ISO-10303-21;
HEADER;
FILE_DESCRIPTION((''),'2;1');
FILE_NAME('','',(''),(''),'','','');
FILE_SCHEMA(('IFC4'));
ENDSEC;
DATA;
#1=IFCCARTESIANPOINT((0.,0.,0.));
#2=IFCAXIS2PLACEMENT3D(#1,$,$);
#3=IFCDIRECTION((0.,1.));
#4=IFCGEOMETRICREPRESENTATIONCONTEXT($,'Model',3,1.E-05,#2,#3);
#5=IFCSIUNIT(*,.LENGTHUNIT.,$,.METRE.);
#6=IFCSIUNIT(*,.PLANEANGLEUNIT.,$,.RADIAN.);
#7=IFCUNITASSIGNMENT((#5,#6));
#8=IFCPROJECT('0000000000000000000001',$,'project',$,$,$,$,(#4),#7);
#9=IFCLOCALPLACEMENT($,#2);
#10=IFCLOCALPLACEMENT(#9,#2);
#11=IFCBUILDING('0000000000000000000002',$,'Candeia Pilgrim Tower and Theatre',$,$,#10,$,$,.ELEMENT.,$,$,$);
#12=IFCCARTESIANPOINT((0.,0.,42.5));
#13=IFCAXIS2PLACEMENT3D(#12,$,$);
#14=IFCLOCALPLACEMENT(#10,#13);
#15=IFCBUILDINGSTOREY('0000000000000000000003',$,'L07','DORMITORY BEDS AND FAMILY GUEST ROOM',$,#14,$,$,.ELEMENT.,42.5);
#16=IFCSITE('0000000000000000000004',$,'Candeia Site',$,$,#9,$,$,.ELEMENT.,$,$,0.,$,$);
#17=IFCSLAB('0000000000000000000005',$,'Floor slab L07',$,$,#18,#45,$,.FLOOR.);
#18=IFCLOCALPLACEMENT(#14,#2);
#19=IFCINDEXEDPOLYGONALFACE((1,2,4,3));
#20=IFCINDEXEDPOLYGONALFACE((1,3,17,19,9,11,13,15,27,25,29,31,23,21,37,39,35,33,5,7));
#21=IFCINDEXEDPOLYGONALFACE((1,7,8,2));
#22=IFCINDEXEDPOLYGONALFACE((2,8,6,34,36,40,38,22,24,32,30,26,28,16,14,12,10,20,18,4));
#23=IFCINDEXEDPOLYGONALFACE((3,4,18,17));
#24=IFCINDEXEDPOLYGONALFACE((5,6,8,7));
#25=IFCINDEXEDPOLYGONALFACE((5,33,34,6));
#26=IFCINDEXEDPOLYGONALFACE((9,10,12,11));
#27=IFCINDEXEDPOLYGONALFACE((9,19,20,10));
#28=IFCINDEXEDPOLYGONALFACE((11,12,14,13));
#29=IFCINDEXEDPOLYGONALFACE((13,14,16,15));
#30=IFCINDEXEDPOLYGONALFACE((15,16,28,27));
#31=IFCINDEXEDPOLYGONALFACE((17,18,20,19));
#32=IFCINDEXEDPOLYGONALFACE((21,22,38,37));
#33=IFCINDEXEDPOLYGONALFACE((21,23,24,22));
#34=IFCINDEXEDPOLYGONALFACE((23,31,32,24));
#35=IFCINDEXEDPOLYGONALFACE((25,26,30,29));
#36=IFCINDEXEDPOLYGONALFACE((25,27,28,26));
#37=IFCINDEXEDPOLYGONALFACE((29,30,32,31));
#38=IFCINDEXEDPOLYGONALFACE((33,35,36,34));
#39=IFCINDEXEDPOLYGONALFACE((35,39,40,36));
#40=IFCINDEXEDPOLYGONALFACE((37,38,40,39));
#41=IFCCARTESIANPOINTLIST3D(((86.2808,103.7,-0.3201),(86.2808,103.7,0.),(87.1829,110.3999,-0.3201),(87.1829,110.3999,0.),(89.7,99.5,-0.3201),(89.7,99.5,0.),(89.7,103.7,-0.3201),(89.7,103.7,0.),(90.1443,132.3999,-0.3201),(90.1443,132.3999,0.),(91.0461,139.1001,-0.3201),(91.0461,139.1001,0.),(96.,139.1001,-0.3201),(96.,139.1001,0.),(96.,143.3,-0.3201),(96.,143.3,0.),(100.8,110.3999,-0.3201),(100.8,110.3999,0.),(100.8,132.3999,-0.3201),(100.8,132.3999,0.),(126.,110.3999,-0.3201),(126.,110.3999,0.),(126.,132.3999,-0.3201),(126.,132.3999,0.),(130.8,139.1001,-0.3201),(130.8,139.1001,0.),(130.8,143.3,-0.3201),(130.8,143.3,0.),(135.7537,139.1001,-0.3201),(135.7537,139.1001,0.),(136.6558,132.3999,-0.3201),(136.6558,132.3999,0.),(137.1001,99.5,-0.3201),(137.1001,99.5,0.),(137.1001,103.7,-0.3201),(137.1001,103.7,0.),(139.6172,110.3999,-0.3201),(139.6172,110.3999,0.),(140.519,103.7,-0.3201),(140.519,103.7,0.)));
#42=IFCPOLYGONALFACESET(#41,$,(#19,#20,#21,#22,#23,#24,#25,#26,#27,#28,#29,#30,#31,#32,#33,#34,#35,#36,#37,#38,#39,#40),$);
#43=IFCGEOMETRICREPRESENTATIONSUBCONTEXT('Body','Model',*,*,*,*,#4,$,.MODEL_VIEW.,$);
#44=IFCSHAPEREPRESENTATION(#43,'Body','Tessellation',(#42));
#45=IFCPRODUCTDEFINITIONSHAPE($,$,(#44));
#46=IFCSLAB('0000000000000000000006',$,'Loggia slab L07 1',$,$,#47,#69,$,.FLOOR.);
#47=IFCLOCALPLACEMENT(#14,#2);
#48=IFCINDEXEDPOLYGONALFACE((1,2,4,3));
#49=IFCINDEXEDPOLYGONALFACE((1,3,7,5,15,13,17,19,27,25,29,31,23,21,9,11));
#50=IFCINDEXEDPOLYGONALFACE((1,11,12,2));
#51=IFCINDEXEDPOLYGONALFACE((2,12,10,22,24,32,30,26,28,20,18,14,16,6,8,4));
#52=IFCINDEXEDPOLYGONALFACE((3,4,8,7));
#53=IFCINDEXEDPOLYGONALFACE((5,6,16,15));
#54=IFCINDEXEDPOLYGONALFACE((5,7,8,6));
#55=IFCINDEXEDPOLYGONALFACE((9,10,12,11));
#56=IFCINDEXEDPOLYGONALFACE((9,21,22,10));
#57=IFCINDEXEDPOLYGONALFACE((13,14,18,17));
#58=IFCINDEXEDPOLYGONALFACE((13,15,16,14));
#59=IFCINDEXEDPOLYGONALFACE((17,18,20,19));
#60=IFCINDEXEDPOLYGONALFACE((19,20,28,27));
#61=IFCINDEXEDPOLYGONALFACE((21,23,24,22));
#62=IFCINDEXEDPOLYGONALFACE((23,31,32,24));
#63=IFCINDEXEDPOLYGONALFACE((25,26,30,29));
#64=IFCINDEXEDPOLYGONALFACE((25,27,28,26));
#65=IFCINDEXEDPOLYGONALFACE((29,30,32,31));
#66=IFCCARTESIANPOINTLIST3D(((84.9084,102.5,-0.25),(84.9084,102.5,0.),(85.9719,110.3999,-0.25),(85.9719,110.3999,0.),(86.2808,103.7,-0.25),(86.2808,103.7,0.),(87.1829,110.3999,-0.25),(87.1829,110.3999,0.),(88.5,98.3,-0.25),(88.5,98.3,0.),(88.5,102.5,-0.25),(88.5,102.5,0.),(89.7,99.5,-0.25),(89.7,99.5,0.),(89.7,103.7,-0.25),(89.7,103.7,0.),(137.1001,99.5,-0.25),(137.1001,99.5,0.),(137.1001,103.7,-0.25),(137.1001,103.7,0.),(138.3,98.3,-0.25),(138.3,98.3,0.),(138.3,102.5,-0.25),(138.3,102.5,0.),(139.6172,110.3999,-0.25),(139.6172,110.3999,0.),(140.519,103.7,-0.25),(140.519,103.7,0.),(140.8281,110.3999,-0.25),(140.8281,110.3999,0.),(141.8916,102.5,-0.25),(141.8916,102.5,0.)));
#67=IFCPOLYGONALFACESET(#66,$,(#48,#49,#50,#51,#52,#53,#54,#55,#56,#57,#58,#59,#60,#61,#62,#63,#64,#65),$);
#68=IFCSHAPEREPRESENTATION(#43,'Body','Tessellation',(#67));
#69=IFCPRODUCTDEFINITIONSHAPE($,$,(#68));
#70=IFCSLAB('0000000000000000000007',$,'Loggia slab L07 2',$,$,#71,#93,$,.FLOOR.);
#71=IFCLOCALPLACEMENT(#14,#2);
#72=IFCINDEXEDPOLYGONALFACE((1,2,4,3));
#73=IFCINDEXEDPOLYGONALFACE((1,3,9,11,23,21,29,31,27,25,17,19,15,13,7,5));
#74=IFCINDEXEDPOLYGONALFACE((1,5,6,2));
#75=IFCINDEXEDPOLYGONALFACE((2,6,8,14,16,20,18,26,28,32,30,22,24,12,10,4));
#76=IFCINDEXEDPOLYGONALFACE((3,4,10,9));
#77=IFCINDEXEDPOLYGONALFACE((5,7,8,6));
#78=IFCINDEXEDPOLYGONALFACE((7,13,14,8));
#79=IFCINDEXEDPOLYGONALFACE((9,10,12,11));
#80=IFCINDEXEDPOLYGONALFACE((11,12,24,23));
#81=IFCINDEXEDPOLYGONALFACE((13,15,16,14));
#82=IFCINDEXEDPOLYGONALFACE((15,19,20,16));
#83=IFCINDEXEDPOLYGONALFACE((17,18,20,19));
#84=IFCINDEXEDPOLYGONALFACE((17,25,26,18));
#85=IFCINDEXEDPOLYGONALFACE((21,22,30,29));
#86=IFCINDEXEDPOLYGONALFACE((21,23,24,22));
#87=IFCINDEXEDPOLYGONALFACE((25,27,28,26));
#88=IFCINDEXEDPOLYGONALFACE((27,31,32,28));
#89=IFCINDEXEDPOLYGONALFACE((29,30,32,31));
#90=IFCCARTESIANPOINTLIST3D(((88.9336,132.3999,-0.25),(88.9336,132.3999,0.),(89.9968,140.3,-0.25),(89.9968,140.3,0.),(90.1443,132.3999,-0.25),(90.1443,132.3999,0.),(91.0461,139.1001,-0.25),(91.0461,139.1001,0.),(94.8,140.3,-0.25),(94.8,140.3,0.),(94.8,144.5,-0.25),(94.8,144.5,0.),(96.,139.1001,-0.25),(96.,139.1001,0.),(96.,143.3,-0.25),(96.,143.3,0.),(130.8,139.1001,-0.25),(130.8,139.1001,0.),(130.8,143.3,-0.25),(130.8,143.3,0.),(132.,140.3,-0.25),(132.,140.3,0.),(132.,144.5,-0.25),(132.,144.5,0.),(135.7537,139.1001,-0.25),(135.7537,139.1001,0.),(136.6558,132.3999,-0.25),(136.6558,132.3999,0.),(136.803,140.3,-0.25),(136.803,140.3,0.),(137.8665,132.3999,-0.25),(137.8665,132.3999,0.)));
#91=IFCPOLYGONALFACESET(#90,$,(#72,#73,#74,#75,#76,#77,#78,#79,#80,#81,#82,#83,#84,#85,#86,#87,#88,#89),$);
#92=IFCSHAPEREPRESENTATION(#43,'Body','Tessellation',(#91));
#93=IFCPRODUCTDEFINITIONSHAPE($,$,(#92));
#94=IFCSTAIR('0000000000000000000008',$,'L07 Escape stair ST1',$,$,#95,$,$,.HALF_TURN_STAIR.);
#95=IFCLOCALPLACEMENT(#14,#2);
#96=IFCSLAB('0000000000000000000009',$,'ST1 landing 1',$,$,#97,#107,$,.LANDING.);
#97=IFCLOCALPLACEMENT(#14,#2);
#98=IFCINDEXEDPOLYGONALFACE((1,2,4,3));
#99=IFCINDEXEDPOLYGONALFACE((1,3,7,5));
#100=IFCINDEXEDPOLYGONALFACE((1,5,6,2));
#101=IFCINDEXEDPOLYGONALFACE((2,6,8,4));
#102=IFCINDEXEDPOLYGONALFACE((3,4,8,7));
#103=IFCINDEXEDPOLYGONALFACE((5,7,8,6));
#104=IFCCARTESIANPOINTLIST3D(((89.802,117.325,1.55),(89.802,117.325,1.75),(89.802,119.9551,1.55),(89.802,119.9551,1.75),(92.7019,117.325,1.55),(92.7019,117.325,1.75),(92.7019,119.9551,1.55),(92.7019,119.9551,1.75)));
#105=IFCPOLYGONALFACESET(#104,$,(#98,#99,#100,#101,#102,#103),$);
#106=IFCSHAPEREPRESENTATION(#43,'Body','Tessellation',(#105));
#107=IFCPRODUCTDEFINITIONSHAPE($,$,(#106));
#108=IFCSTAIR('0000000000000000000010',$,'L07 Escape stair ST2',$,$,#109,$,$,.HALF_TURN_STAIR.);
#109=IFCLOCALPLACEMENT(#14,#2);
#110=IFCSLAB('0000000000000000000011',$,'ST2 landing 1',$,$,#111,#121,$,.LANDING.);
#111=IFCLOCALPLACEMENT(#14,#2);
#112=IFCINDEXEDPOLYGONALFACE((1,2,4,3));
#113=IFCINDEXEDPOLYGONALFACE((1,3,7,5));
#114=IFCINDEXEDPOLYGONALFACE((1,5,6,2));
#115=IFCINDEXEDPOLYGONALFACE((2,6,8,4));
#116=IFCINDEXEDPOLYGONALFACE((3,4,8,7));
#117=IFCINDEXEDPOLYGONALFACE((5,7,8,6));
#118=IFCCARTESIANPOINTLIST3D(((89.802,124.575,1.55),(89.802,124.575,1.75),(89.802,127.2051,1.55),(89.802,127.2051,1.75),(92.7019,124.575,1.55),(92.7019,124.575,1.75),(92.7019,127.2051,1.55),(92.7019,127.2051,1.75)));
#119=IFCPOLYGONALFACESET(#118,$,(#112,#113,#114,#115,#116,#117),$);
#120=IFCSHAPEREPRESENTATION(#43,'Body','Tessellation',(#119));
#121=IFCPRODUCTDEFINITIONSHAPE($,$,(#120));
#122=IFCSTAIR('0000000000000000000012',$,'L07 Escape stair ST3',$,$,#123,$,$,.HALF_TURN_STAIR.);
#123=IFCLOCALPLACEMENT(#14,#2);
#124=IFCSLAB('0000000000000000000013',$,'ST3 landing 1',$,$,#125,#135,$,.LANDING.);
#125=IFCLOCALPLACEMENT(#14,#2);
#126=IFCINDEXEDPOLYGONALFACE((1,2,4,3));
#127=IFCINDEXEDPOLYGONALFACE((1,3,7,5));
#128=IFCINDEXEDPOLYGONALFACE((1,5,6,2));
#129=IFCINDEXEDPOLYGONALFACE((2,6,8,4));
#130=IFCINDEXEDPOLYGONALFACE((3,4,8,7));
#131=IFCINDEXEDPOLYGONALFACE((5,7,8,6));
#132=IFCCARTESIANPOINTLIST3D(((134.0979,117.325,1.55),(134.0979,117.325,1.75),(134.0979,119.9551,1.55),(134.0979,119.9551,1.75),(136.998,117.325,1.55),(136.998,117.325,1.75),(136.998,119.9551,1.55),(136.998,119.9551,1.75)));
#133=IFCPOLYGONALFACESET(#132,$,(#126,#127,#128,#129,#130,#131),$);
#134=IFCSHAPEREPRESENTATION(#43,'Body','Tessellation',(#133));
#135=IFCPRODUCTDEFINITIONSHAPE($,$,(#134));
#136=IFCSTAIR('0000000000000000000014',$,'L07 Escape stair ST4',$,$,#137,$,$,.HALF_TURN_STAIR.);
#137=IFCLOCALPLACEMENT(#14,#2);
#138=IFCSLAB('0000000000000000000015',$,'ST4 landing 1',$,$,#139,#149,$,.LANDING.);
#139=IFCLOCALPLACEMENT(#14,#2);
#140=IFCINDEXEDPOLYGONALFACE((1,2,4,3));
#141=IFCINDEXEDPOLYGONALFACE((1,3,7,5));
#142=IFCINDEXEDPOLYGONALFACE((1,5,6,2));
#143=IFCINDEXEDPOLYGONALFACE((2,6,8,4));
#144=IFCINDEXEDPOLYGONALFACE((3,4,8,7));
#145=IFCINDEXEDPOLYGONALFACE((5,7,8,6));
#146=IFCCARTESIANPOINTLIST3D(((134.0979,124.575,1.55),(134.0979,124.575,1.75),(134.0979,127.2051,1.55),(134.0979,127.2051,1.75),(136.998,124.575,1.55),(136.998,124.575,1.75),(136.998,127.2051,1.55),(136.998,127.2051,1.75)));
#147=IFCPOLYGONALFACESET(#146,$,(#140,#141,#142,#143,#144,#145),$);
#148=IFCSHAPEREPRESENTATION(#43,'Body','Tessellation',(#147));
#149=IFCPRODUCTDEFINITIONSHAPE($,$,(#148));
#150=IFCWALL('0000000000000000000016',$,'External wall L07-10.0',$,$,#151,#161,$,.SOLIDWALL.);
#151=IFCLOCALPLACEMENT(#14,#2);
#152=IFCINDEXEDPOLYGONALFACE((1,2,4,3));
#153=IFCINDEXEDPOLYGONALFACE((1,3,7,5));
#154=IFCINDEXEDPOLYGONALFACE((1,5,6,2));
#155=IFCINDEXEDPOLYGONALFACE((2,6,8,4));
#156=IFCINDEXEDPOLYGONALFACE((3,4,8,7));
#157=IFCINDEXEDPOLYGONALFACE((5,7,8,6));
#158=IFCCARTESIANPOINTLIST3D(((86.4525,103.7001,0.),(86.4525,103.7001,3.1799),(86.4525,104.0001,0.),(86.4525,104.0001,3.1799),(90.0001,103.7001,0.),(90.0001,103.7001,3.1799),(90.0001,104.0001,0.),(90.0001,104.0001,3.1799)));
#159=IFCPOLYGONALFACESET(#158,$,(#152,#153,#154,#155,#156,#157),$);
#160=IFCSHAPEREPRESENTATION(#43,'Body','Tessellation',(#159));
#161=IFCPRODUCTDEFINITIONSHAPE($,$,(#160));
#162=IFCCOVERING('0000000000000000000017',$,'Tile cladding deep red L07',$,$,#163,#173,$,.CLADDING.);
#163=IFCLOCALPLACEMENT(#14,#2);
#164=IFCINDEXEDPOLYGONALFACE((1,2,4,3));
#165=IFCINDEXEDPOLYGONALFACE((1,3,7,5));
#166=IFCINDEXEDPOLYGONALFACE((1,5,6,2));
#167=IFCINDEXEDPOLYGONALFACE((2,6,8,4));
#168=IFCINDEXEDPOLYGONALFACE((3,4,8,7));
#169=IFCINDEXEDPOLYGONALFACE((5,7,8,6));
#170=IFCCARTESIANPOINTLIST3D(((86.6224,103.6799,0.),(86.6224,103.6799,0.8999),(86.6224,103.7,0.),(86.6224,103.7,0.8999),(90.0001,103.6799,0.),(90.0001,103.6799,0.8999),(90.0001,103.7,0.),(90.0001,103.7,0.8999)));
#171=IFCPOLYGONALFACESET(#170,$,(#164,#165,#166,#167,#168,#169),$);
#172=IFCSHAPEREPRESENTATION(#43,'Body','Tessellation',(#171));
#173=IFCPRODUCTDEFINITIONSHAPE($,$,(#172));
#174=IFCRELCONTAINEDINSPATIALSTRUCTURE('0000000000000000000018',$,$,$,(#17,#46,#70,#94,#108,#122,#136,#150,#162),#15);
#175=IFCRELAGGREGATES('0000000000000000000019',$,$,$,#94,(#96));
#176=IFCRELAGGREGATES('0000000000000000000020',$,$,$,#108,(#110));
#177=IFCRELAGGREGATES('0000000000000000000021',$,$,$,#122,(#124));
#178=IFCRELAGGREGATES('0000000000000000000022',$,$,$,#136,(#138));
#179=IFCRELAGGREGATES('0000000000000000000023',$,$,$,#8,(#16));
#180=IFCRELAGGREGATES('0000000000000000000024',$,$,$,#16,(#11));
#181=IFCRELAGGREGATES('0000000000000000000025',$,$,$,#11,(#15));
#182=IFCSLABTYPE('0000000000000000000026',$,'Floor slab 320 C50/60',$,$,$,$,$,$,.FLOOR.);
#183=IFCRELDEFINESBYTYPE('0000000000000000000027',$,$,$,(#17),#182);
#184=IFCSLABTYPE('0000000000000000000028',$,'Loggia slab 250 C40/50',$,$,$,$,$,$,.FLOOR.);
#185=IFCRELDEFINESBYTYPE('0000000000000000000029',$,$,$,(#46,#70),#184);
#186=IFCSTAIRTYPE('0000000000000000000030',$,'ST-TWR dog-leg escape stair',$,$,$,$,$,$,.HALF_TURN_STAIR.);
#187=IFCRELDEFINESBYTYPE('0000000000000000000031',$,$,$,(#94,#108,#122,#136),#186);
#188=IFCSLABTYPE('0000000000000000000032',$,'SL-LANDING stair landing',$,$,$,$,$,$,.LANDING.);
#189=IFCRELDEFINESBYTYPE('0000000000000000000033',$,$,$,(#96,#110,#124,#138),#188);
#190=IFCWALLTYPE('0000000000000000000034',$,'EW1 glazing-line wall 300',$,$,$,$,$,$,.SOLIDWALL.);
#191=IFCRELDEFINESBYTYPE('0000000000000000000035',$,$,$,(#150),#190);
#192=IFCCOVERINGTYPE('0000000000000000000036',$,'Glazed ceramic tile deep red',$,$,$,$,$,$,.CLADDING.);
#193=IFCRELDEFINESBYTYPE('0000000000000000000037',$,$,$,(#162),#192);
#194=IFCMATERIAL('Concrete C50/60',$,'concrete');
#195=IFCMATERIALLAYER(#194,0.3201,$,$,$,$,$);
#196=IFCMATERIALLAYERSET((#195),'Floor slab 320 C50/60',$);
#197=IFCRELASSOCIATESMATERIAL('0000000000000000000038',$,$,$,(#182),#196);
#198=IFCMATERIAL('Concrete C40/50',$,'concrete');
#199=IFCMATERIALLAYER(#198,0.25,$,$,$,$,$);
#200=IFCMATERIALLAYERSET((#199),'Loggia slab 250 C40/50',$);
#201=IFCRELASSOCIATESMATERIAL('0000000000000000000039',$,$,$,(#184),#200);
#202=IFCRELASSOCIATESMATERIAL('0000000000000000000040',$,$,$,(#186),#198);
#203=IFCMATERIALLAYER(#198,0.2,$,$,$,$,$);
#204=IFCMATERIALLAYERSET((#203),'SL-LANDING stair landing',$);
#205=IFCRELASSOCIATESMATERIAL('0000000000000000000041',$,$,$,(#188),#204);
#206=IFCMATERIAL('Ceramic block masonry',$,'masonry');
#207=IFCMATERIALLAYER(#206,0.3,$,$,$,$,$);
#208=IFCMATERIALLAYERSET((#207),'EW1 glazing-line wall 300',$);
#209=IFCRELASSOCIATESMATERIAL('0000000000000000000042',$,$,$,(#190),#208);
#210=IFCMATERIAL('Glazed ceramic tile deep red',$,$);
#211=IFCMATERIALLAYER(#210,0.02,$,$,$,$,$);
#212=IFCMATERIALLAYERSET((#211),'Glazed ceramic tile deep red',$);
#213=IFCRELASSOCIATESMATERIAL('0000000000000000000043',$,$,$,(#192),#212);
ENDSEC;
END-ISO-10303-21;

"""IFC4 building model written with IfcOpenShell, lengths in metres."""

from ifc_helpers import new_model, si_unit, direction, frame, frame_2d, origin, origin_2d, place, context, subcontext, project, spatial, polyline, rectangle, outline, extrude, material, layer, layer_set, type_object, element, aggregate, save


model = new_model("IFC4")

# Units and contexts
model_context = context("Model", 3, precision=1e-05, world=origin(), true_north=direction((0.0, 1.0)))
body_context = subcontext(model_context, "Body", "Model", "MODEL_VIEW")
ifc_project = project(units=[si_unit("LENGTHUNIT", "METRE"), si_unit("PLANEANGLEUNIT", "RADIAN")], contexts=[model_context])

# Site, building, storey
site_placement = place(None, origin())
site = spatial("IfcSite", under=ifc_project, at=site_placement, Name="Candeia Site", CompositionType="ELEMENT", RefElevation=0.0)
building_placement = place(site_placement, origin())
building = spatial("IfcBuilding", under=site, at=building_placement, Name="Candeia Pilgrim Tower and Theatre", CompositionType="ELEMENT")
storey_placement = place(building_placement, frame((0.0, 0.0, 42.5)))
storey = spatial("IfcBuildingStorey", under=building, at=storey_placement, Name="L07", Description="DORMITORY BEDS AND FAMILY GUEST ROOM", CompositionType="ELEMENT", Elevation=42.5)

# Slabs
ifc_material_1 = material(Name="Concrete C40/50", Category="concrete")
ifc_material_2 = material(Name="Concrete C50/60", Category="concrete")
ifc_layer_1 = layer(ifc_material_2, 0.3201)
ifc_layer_set_1 = layer_set([ifc_layer_1], Name="Floor slab 320 C50/60")
slab_type_1 = type_object("IfcSlabType", Name="Floor slab 320 C50/60", PredefinedType="FLOOR", material=ifc_layer_set_1)
slab_1_placement = place(storey_placement, frame((0.0, 0.0, -0.3201)))
element("IfcSlab", 1, at=slab_1_placement, inside=storey, type_object=slab_type_1, Name="Floor slab L07", PredefinedType="FLOOR", context=body_context, shape_type="SweptSolid", body=[
    extrude(outline(polyline([(96.0, 139.1001), (96.0, 143.3), (130.8, 143.3), (130.8, 139.1001), (135.7537, 139.1001), (136.6558, 132.3999), (126.0, 132.3999), (126.0, 110.3999), (139.6172, 110.3999), (140.519, 103.7), (137.1001, 103.7), (137.1001, 99.5), (89.7, 99.5), (89.7, 103.7), (86.2808, 103.7), (87.1829, 110.3999), (100.8, 110.3999), (100.8, 132.3999), (90.1443, 132.3999), (91.0461, 139.1001), (96.0, 139.1001)])), origin(), (0.0, 0.0, 1.0), 0.3201),
])
ifc_layer_2 = layer(ifc_material_1, 0.25)
ifc_layer_set_2 = layer_set([ifc_layer_2], Name="Loggia slab 250 C40/50")
slab_type_2 = type_object("IfcSlabType", Name="Loggia slab 250 C40/50", PredefinedType="FLOOR", material=ifc_layer_set_2)
slab_2_placement = place(storey_placement, frame((0.0, 0.0, -0.25)))
element("IfcSlab", 2, at=slab_2_placement, inside=storey, type_object=slab_type_2, Name="Loggia slab L07 1", PredefinedType="FLOOR", context=body_context, shape_type="SweptSolid", body=[
    extrude(outline(polyline([(87.1829, 110.3999), (86.2808, 103.7), (89.7, 103.7), (89.7, 99.5), (137.1001, 99.5), (137.1001, 103.7), (140.519, 103.7), (139.6172, 110.3999), (140.8281, 110.3999), (141.8916, 102.5), (138.3, 102.5), (138.3, 98.3), (88.5, 98.3), (88.5, 102.5), (84.9084, 102.5), (85.9719, 110.3999), (87.1829, 110.3999)])), origin(), (0.0, 0.0, 1.0), 0.25),
])
slab_3_placement = place(storey_placement, frame((0.0, 0.0, -0.25)))
element("IfcSlab", 3, at=slab_3_placement, inside=storey, type_object=slab_type_2, Name="Loggia slab L07 2", PredefinedType="FLOOR", context=body_context, shape_type="SweptSolid", body=[
    extrude(outline(polyline([(136.6558, 132.3999), (135.7537, 139.1001), (130.8, 139.1001), (130.8, 143.3), (96.0, 143.3), (96.0, 139.1001), (91.0461, 139.1001), (90.1443, 132.3999), (88.9336, 132.3999), (89.9968, 140.3), (94.8, 140.3), (94.8, 144.5), (132.0, 144.5), (132.0, 140.3), (136.803, 140.3), (137.8665, 132.3999), (136.6558, 132.3999)])), origin(), (0.0, 0.0, 1.0), 0.25),
])

# Stairs, slabs
stair_type = type_object("IfcStairType", Name="ST-TWR dog-leg escape stair", PredefinedType="HALF_TURN_STAIR", material=ifc_material_1)
stair_1_placement = place(storey_placement, origin())
stair_1 = element("IfcStair", 4, at=stair_1_placement, inside=storey, type_object=stair_type, Name="L07 Escape stair ST1", PredefinedType="HALF_TURN_STAIR")
ifc_layer_3 = layer(ifc_material_1, 0.2)
ifc_layer_set_3 = layer_set([ifc_layer_3], Name="SL-LANDING stair landing")
slab_type_3 = type_object("IfcSlabType", Name="SL-LANDING stair landing", PredefinedType="LANDING", material=ifc_layer_set_3)
slab_4_placement = place(storey_placement, frame((0.0, 0.0, 1.55)))
slab_4 = element("IfcSlab", 5, at=slab_4_placement, type_object=slab_type_3, Name="ST1 landing 1", PredefinedType="LANDING", context=body_context, shape_type="SweptSolid", body=[
    extrude(outline(polyline([(89.802, 119.9551), (89.802, 117.325), (92.7019, 117.325), (92.7019, 119.9551), (89.802, 119.9551)])), origin(), (0.0, 0.0, 1.0), 0.2),
])
aggregate(stair_1, [slab_4])
stair_2_placement = place(storey_placement, origin())
stair_2 = element("IfcStair", 6, at=stair_2_placement, inside=storey, type_object=stair_type, Name="L07 Escape stair ST2", PredefinedType="HALF_TURN_STAIR")
slab_5_placement = place(storey_placement, frame((0.0, 0.0, 1.55)))
slab_5 = element("IfcSlab", 7, at=slab_5_placement, type_object=slab_type_3, Name="ST2 landing 1", PredefinedType="LANDING", context=body_context, shape_type="SweptSolid", body=[
    extrude(outline(polyline([(89.802, 127.2051), (89.802, 124.575), (92.7019, 124.575), (92.7019, 127.2051), (89.802, 127.2051)])), origin(), (0.0, 0.0, 1.0), 0.2),
])
aggregate(stair_2, [slab_5])
stair_3_placement = place(storey_placement, origin())
stair_3 = element("IfcStair", 8, at=stair_3_placement, inside=storey, type_object=stair_type, Name="L07 Escape stair ST3", PredefinedType="HALF_TURN_STAIR")
slab_6_placement = place(storey_placement, frame((0.0, 0.0, 1.55)))
slab_6 = element("IfcSlab", 9, at=slab_6_placement, type_object=slab_type_3, Name="ST3 landing 1", PredefinedType="LANDING", context=body_context, shape_type="SweptSolid", body=[
    extrude(outline(polyline([(134.0979, 119.9551), (134.0979, 117.325), (136.998, 117.325), (136.998, 119.9551), (134.0979, 119.9551)])), origin(), (0.0, 0.0, 1.0), 0.2),
])
aggregate(stair_3, [slab_6])
stair_4_placement = place(storey_placement, origin())
stair_4 = element("IfcStair", 10, at=stair_4_placement, inside=storey, type_object=stair_type, Name="L07 Escape stair ST4", PredefinedType="HALF_TURN_STAIR")
slab_7_placement = place(storey_placement, frame((0.0, 0.0, 1.55)))
slab_7 = element("IfcSlab", 11, at=slab_7_placement, type_object=slab_type_3, Name="ST4 landing 1", PredefinedType="LANDING", context=body_context, shape_type="SweptSolid", body=[
    extrude(outline(polyline([(134.0979, 127.2051), (134.0979, 124.575), (136.998, 124.575), (136.998, 127.2051), (134.0979, 127.2051)])), origin(), (0.0, 0.0, 1.0), 0.2),
])
aggregate(stair_4, [slab_7])

# Wall
ifc_material_3 = material(Name="Ceramic block masonry", Category="masonry")
ifc_layer_4 = layer(ifc_material_3, 0.3)
ifc_layer_set_4 = layer_set([ifc_layer_4], Name="EW1 glazing-line wall 300")
wall_type = type_object("IfcWallType", Name="EW1 glazing-line wall 300", PredefinedType="SOLIDWALL", material=ifc_layer_set_4)
wall_placement = place(storey_placement, frame((86.4524, 103.8501, 0.0), z_axis=(0.0, 0.0, 1.0), x_axis=(1.0, 0.0, 0.0)))
element("IfcWall", 12, at=wall_placement, inside=storey, type_object=wall_type, Name="External wall L07-10.0", PredefinedType="SOLIDWALL", context=body_context, shape_type="SweptSolid", body=[
    extrude(rectangle(XDim=3.5476, YDim=0.3, at=frame_2d((1.7739, 0.0))), origin(), (0.0, 0.0, 1.0), 3.1799),
])

# Covering
ifc_material_4 = material(Name="Glazed ceramic tile deep red")
ifc_layer_5 = layer(ifc_material_4, 0.02)
ifc_layer_set_5 = layer_set([ifc_layer_5], Name="Glazed ceramic tile deep red")
covering_type = type_object("IfcCoveringType", Name="Glazed ceramic tile deep red", PredefinedType="CLADDING", material=ifc_layer_set_5)
covering_placement = place(storey_placement, frame((88.3113, 103.6899, 0.0), z_axis=(0.0, 0.0, 1.0), x_axis=(1.0, 0.0, 0.0)))
element("IfcCovering", 13, at=covering_placement, inside=storey, type_object=covering_type, Name="Tile cladding deep red L07", PredefinedType="CLADDING", context=body_context, shape_type="SweptSolid", body=[
    extrude(rectangle(XDim=3.3777, YDim=0.02, at=origin_2d()), origin(), (0.0, 0.0, 1.0), 0.8999),
])

save(model, "model.ifc")
